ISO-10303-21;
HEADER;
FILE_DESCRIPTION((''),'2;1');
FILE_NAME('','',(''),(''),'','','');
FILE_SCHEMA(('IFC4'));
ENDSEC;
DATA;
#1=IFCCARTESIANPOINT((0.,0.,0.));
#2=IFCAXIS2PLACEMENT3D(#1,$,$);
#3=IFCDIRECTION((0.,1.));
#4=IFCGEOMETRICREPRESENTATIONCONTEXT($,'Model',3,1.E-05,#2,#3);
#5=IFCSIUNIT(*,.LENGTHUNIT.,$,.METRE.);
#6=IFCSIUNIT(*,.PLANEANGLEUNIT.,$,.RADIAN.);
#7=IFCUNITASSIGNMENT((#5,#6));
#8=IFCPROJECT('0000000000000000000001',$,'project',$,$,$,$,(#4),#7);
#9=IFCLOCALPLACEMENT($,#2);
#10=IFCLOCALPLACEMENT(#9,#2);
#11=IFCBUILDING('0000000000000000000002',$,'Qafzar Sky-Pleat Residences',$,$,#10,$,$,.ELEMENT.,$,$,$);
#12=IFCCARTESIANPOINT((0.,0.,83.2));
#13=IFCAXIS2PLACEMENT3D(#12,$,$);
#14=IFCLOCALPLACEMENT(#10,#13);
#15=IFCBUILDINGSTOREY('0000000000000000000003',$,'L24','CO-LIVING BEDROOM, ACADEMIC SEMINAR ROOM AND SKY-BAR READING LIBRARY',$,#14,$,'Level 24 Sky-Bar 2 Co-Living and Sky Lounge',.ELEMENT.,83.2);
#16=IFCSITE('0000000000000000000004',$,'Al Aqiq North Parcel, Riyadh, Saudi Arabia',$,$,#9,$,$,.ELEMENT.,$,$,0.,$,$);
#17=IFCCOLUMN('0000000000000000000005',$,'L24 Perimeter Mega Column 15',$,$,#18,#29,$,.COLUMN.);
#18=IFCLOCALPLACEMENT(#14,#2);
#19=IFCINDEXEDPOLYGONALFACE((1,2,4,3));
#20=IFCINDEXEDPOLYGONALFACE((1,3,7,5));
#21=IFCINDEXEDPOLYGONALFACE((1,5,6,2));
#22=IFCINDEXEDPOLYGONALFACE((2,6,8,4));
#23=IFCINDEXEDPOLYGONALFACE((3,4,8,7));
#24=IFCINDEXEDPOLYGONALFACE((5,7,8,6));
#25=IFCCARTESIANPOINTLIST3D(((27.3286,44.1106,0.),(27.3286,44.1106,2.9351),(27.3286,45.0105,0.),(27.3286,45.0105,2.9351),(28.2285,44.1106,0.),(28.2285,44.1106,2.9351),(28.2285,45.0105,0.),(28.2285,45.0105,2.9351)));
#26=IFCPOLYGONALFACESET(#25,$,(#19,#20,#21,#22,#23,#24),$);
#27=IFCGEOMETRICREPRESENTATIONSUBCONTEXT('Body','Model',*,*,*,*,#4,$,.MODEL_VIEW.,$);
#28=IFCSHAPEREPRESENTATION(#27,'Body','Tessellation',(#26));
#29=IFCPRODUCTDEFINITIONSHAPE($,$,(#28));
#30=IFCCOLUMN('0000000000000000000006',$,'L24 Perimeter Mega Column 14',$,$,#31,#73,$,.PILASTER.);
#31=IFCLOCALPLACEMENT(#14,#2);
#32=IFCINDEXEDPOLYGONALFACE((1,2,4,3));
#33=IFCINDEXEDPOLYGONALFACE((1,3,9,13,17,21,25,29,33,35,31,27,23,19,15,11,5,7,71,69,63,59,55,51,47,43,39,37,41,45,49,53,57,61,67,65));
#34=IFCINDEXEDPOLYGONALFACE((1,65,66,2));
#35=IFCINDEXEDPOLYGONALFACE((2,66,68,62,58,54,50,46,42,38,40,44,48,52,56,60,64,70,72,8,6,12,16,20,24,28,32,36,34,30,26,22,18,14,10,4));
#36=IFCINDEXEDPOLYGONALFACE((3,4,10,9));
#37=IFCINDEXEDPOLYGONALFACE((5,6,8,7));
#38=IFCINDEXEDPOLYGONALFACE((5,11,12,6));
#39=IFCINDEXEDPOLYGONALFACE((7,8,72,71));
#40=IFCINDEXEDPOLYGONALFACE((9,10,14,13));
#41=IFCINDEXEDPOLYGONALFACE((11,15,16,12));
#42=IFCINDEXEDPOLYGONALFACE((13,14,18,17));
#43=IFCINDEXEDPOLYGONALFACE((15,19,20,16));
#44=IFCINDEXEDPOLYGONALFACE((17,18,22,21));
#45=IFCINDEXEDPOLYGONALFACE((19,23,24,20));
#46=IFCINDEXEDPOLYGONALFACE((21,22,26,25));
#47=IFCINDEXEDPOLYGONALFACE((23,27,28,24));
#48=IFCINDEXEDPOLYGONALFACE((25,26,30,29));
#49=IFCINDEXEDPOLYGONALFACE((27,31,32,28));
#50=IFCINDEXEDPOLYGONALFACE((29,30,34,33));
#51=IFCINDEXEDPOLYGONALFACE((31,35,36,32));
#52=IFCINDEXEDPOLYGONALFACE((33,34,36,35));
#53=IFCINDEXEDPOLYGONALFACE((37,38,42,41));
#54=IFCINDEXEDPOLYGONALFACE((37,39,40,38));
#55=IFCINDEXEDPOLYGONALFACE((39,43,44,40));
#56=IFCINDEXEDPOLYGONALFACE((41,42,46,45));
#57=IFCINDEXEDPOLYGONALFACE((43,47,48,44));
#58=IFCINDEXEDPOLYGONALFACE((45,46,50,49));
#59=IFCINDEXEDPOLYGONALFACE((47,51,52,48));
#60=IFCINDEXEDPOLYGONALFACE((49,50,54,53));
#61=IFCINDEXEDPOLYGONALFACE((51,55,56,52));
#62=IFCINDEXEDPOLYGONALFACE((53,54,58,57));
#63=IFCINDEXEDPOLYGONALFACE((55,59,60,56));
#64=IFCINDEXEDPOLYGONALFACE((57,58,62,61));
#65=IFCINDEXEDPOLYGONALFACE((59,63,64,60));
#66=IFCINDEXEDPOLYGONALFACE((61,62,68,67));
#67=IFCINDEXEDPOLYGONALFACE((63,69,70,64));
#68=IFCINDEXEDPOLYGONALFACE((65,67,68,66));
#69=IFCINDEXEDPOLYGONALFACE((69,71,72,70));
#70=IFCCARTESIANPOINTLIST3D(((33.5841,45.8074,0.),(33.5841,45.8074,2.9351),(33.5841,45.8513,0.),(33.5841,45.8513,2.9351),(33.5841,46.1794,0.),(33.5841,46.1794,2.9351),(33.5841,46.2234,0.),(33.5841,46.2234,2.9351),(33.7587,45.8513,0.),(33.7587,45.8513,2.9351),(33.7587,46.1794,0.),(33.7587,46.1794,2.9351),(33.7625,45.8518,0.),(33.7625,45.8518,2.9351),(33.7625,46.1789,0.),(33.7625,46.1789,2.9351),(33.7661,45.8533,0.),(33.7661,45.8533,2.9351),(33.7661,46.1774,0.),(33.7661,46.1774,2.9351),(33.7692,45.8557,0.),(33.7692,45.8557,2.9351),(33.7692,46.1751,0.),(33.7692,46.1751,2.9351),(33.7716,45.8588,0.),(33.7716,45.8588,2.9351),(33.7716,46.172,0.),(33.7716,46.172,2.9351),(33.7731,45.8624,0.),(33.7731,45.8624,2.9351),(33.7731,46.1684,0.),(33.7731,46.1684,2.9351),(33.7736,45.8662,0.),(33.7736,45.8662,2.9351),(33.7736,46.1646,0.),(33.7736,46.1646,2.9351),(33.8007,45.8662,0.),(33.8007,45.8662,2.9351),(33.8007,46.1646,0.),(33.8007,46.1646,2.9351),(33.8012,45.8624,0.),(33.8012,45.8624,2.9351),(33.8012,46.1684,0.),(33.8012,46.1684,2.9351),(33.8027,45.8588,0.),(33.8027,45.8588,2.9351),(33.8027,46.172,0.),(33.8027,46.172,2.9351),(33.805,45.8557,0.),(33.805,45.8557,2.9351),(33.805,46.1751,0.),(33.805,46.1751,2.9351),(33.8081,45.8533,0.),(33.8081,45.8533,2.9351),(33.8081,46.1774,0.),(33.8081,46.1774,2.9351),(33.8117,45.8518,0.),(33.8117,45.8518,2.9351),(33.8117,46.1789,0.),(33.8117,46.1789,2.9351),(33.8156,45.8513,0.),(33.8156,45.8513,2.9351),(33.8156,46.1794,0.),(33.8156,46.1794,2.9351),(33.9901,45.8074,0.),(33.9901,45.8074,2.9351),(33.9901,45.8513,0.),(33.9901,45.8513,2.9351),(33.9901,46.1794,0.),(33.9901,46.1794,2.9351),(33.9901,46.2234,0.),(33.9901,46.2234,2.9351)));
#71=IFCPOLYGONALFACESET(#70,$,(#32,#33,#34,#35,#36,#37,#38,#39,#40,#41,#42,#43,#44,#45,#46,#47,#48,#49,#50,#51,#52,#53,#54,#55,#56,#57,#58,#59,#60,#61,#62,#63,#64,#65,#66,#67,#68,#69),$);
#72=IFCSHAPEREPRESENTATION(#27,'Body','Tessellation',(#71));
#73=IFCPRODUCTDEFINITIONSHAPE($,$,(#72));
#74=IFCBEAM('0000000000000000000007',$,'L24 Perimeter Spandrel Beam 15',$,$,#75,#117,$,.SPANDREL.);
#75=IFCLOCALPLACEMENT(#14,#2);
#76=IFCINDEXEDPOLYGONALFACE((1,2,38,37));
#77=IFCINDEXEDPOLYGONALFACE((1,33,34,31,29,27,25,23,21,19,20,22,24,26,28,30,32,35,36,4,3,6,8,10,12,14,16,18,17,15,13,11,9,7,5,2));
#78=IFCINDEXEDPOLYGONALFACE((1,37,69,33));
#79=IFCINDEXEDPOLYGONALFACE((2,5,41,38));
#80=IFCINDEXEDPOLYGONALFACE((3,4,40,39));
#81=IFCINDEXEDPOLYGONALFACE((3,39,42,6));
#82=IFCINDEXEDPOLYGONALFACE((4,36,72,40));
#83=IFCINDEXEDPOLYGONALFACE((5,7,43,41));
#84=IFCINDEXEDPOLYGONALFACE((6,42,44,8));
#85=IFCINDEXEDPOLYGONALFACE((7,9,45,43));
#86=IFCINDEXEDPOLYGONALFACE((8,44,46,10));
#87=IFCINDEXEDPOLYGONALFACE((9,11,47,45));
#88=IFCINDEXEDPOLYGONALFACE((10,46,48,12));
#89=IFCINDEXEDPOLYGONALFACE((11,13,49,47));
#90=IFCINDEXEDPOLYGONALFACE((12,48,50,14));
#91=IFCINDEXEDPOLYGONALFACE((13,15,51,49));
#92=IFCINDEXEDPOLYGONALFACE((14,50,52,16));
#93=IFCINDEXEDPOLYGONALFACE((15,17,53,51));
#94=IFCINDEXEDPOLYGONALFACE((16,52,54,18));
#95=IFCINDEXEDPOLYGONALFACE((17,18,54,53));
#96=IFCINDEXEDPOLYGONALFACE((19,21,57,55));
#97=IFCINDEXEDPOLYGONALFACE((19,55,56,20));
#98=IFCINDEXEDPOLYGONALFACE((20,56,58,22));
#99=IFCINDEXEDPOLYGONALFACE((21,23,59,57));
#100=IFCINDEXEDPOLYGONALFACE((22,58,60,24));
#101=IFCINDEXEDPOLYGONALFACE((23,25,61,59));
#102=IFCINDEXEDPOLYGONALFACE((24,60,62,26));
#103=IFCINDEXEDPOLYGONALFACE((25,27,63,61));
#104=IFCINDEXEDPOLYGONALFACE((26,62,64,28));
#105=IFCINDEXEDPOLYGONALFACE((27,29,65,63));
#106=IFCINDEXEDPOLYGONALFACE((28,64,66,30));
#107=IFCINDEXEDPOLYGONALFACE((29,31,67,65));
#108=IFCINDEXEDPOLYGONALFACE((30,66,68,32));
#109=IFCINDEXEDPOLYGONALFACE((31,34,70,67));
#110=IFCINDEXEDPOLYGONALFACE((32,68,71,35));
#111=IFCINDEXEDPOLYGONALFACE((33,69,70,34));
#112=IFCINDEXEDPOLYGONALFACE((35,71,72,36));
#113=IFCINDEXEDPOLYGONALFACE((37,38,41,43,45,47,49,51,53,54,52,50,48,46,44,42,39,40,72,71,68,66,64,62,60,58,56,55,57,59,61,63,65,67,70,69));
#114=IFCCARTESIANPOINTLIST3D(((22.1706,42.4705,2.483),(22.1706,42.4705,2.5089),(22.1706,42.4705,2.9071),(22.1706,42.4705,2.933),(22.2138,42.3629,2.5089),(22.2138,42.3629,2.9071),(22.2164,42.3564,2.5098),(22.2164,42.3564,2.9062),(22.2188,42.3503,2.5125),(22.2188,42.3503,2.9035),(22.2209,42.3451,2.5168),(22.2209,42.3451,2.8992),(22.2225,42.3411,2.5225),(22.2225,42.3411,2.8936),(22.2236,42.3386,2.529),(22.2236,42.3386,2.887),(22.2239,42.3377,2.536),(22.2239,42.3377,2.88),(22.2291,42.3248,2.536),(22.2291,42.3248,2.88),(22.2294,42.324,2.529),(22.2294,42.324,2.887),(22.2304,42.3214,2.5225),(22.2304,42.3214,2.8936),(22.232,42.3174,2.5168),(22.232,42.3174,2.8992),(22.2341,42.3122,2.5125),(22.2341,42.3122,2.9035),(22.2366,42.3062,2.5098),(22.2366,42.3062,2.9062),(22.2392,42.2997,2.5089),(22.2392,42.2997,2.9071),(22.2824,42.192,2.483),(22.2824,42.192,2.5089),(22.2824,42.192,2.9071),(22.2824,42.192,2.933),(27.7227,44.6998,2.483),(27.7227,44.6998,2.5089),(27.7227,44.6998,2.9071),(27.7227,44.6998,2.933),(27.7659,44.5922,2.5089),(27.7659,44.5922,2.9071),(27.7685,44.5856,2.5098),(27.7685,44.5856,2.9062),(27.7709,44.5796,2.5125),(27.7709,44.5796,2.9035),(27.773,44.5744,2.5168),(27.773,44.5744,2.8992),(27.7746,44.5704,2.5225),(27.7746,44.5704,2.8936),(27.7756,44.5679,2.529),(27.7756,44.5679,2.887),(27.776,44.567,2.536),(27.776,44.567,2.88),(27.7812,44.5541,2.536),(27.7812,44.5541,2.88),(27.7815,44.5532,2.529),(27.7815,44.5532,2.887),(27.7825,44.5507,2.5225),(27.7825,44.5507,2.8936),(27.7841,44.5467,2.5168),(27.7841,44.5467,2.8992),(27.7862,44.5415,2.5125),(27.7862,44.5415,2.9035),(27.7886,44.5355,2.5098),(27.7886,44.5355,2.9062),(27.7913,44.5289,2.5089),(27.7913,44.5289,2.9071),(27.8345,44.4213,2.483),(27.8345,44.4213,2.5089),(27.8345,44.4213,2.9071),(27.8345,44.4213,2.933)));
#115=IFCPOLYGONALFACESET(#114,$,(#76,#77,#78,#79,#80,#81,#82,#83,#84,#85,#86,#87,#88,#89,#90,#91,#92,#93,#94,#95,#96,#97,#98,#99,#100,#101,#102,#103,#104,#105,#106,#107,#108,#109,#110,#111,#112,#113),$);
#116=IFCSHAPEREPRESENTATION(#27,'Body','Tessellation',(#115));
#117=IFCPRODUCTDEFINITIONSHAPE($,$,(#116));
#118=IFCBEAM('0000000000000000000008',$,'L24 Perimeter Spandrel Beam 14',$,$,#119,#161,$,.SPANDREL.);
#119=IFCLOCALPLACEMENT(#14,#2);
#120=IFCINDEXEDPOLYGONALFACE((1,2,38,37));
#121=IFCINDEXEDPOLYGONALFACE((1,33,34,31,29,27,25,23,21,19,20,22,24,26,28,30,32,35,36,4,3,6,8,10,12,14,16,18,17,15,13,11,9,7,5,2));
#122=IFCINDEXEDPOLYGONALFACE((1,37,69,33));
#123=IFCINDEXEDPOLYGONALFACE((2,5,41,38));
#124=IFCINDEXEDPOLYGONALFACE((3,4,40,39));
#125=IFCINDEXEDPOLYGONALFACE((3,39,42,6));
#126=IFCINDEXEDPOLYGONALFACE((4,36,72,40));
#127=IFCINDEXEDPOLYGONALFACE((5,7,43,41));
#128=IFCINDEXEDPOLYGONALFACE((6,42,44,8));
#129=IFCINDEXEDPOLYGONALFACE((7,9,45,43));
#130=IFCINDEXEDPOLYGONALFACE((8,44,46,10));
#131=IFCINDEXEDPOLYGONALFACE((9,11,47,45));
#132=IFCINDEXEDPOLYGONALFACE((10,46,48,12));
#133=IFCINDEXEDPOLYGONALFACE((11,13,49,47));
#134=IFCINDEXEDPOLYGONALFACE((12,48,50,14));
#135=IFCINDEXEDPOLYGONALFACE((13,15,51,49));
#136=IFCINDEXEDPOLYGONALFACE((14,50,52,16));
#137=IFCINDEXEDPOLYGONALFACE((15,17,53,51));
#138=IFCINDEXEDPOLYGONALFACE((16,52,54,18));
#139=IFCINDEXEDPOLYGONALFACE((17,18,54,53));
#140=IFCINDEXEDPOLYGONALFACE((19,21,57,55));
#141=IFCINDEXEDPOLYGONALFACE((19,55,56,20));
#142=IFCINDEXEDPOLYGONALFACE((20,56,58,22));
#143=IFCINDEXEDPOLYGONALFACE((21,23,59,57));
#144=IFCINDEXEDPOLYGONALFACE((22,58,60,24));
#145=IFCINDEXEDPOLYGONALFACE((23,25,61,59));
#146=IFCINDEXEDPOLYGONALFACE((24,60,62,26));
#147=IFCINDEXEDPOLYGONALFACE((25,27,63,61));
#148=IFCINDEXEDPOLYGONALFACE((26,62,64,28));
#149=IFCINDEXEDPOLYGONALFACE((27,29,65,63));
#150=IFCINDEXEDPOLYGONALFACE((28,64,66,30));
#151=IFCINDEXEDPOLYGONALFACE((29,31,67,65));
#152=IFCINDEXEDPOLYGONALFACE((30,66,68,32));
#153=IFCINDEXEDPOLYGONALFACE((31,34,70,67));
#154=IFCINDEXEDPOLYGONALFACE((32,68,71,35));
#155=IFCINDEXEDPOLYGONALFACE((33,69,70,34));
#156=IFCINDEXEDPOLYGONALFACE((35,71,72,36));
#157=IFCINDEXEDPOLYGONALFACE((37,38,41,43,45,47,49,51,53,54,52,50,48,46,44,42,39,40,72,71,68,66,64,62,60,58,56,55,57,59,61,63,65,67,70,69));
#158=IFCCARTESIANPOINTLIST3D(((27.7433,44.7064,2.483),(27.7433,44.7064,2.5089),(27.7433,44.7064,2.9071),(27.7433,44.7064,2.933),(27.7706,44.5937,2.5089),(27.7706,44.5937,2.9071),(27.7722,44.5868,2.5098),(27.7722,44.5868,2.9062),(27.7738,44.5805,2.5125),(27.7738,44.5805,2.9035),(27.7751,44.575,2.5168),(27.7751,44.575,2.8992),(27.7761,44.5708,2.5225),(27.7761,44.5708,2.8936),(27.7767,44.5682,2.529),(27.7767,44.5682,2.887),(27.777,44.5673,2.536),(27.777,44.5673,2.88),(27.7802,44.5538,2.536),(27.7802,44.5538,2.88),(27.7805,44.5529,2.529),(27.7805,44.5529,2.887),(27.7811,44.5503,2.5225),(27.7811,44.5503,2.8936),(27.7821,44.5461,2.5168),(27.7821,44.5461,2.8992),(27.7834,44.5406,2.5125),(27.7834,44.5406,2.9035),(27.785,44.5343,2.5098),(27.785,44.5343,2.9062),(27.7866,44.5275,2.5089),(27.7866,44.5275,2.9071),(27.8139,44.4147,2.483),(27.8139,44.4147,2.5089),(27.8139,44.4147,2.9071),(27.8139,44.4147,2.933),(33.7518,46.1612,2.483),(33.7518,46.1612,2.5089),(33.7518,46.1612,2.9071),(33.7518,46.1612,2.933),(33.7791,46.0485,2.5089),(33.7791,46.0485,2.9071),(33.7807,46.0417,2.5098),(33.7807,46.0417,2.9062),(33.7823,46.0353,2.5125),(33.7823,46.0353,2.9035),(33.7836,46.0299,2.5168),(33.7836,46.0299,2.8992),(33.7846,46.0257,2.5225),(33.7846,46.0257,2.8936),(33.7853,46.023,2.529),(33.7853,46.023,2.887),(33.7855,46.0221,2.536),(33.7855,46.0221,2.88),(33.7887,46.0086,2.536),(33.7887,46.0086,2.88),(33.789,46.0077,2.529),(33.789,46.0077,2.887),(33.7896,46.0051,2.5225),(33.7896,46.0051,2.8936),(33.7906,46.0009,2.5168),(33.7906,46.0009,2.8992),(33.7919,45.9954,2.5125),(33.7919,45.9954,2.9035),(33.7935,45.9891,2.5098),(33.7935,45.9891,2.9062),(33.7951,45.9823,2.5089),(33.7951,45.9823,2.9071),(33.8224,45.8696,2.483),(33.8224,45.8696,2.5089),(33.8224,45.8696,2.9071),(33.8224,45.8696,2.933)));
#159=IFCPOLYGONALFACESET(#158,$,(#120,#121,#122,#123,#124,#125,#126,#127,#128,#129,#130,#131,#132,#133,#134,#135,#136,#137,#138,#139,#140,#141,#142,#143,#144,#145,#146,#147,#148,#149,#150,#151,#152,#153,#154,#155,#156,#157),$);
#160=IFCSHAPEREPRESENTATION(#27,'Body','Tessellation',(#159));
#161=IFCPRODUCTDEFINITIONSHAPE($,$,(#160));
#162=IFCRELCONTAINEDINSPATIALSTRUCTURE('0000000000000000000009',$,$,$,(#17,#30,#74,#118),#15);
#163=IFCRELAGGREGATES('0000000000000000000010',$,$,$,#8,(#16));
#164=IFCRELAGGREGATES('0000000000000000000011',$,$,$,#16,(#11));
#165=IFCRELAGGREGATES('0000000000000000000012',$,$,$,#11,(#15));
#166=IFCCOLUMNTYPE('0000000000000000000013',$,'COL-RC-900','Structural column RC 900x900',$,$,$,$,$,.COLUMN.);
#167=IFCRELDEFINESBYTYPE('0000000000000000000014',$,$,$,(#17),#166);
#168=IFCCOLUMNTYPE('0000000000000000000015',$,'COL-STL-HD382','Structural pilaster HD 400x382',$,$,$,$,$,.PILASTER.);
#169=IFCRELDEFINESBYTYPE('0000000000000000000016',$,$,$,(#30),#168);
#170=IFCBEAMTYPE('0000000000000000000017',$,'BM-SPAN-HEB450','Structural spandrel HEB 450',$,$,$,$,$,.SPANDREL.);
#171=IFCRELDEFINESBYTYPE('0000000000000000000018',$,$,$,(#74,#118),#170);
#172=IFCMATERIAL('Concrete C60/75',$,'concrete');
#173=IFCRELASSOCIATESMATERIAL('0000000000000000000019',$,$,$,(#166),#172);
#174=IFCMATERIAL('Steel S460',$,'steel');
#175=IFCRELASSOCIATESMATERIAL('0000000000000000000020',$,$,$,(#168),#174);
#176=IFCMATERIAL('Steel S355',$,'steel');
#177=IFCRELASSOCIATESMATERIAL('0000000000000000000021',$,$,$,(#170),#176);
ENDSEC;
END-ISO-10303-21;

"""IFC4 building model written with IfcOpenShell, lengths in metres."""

from ifc_helpers import new_model, si_unit, direction, frame, origin, origin_2d, place, context, subcontext, project, spatial, rectangle, i_section, extrude, source, transform, mapped, material, material_profile, profile_set, type_object, element, save


model = new_model("IFC4")

# Units and contexts
model_context = context("Model", 3, precision=1e-05, world=origin(), true_north=direction((0.0, 1.0)))
body_context = subcontext(model_context, "Body", "Model", "MODEL_VIEW")
ifc_project = project(units=[si_unit("LENGTHUNIT", "METRE"), si_unit("PLANEANGLEUNIT", "RADIAN")], contexts=[model_context])

# Site, building, storey
site_placement = place(None, origin())
site = spatial("IfcSite", under=ifc_project, at=site_placement, Name="Al Aqiq North Parcel, Riyadh, Saudi Arabia", CompositionType="ELEMENT", RefElevation=0.0)
building_placement = place(site_placement, origin())
building = spatial("IfcBuilding", under=site, at=building_placement, Name="Qafzar Sky-Pleat Residences", CompositionType="ELEMENT")
storey_placement = place(building_placement, frame((0.0, 0.0, 83.2)))
storey = spatial("IfcBuildingStorey", under=building, at=storey_placement, Name="L24", Description="CO-LIVING BEDROOM, ACADEMIC SEMINAR ROOM AND SKY-BAR READING LIBRARY", LongName="Level 24 Sky-Bar 2 Co-Living and Sky Lounge", CompositionType="ELEMENT", Elevation=83.2)

# Columns
ifc_material_1 = material(Name="Concrete C60/75", Category="concrete")
ifc_material_profile_1 = material_profile(ifc_material_1, rectangle(XDim=0.8999, YDim=0.8999, at=origin_2d()), Name="RC 900x900")
ifc_profile_set_1 = profile_set([ifc_material_profile_1], Name="Concrete C60/75")
column_type_1 = type_object("IfcColumnType", Name="COL-RC-900", Description="Structural column RC 900x900", PredefinedType="COLUMN", material=ifc_profile_set_1)
shared_shape_1 = source(origin(), body_context, "Body", "SweptSolid", [
    extrude(rectangle(XDim=0.8999, YDim=0.8999, at=origin_2d()), origin(), (0.0, 0.0, 1.0), 2.9351),
])
column_1_placement = place(storey_placement, frame((27.7786, 44.5605, 0.0), z_axis=(0.0, 0.0, 1.0), x_axis=(1.0, 0.0, 0.0)))
element("IfcColumn", 1, at=column_1_placement, inside=storey, type_object=column_type_1, Name="L24 Perimeter Mega Column 15", PredefinedType="COLUMN", context=body_context, shape_type="MappedRepresentation", body=[
    mapped(shared_shape_1, transform((0.0, 0.0, 0.0), x_axis=(1.0, 0.0, 0.0), y_axis=(0.0, 1.0, 0.0), z_axis=(0.0, 0.0, 1.0), scale=1.0)),
])
ifc_material_2 = material(Name="Steel S460", Category="steel")
ifc_material_profile_2 = material_profile(ifc_material_2, i_section(OverallWidth=0.406, OverallDepth=0.416, WebThickness=0.0271, FlangeThickness=0.0439, FilletRadius=0.0149, at=origin_2d()), Name="HD 400x382")
ifc_profile_set_2 = profile_set([ifc_material_profile_2], Name="Steel S460")
column_type_2 = type_object("IfcColumnType", Name="COL-STL-HD382", Description="Structural pilaster HD 400x382", PredefinedType="PILASTER", material=ifc_profile_set_2)
shared_shape_2 = source(origin(), body_context, "Body", "SweptSolid", [
    extrude(i_section(OverallWidth=0.406, OverallDepth=0.416, WebThickness=0.0271, FlangeThickness=0.0439, FilletRadius=0.0149, at=origin_2d()), origin(), (0.0, 0.0, 1.0), 2.9351),
])
column_2_placement = place(storey_placement, frame((33.7871, 46.0154, 0.0), z_axis=(0.0, 0.0, 1.0), x_axis=(1.0, 0.0, 0.0)))
element("IfcColumn", 2, at=column_2_placement, inside=storey, type_object=column_type_2, Name="L24 Perimeter Mega Column 14", PredefinedType="PILASTER", context=body_context, shape_type="MappedRepresentation", body=[
    mapped(shared_shape_2, transform((0.0, 0.0, 0.0), x_axis=(1.0, 0.0, 0.0), y_axis=(0.0, 1.0, 0.0), z_axis=(0.0, 0.0, 1.0), scale=1.0)),
])

# Beams
ifc_material_3 = material(Name="Steel S355", Category="steel")
ifc_material_profile_3 = material_profile(ifc_material_3, i_section(OverallWidth=0.3, OverallDepth=0.45, WebThickness=0.0139, FlangeThickness=0.0259, FilletRadius=0.0271, at=origin_2d()), Name="HEB 450")
ifc_profile_set_3 = profile_set([ifc_material_profile_3], Name="Steel S355")
beam_type_1 = type_object("IfcBeamType", Name="BM-SPAN-HEB450", Description="Structural spandrel HEB 450", PredefinedType="SPANDREL", material=ifc_profile_set_3)
shared_shape_3 = source(origin(), body_context, "Body", "SweptSolid", [
    extrude(i_section(OverallWidth=0.3, OverallDepth=0.45, WebThickness=0.0139, FlangeThickness=0.0259, FilletRadius=0.0271, at=origin_2d()), origin(), (0.0, 0.0, 1.0), 5.9829),
])
beam_1_placement = place(storey_placement, frame((27.7786, 44.5605, 2.708), z_axis=(-0.927989, -0.372608, 0.0), x_axis=(0.372608, -0.927989, 0.0)))
element("IfcBeam", 3, at=beam_1_placement, inside=storey, type_object=beam_type_1, Name="L24 Perimeter Spandrel Beam 15", PredefinedType="SPANDREL", context=body_context, shape_type="MappedRepresentation", body=[
    mapped(shared_shape_3, transform((0.0, 0.0, 0.0), x_axis=(1.0, 0.0, 0.0), y_axis=(0.0, 1.0, 0.0), z_axis=(0.0, 0.0, 1.0), scale=1.0)),
])
shared_shape_4 = source(origin(), body_context, "Body", "SweptSolid", [
    extrude(i_section(OverallWidth=0.3, OverallDepth=0.45, WebThickness=0.0139, FlangeThickness=0.0259, FilletRadius=0.0271, at=origin_2d()), origin(), (0.0, 0.0, 1.0), 6.1821),
])
beam_2_placement = place(storey_placement, frame((33.7871, 46.0154, 2.708), z_axis=(-0.971916, -0.235328, 0.0), x_axis=(0.235328, -0.971916, 0.0)))
element("IfcBeam", 4, at=beam_2_placement, inside=storey, type_object=beam_type_1, Name="L24 Perimeter Spandrel Beam 14", PredefinedType="SPANDREL", context=body_context, shape_type="MappedRepresentation", body=[
    mapped(shared_shape_4, transform((0.0, 0.0, 0.0), x_axis=(1.0, 0.0, 0.0), y_axis=(0.0, 1.0, 0.0), z_axis=(0.0, 0.0, 1.0), scale=1.0)),
])

save(model, "model.ifc")
